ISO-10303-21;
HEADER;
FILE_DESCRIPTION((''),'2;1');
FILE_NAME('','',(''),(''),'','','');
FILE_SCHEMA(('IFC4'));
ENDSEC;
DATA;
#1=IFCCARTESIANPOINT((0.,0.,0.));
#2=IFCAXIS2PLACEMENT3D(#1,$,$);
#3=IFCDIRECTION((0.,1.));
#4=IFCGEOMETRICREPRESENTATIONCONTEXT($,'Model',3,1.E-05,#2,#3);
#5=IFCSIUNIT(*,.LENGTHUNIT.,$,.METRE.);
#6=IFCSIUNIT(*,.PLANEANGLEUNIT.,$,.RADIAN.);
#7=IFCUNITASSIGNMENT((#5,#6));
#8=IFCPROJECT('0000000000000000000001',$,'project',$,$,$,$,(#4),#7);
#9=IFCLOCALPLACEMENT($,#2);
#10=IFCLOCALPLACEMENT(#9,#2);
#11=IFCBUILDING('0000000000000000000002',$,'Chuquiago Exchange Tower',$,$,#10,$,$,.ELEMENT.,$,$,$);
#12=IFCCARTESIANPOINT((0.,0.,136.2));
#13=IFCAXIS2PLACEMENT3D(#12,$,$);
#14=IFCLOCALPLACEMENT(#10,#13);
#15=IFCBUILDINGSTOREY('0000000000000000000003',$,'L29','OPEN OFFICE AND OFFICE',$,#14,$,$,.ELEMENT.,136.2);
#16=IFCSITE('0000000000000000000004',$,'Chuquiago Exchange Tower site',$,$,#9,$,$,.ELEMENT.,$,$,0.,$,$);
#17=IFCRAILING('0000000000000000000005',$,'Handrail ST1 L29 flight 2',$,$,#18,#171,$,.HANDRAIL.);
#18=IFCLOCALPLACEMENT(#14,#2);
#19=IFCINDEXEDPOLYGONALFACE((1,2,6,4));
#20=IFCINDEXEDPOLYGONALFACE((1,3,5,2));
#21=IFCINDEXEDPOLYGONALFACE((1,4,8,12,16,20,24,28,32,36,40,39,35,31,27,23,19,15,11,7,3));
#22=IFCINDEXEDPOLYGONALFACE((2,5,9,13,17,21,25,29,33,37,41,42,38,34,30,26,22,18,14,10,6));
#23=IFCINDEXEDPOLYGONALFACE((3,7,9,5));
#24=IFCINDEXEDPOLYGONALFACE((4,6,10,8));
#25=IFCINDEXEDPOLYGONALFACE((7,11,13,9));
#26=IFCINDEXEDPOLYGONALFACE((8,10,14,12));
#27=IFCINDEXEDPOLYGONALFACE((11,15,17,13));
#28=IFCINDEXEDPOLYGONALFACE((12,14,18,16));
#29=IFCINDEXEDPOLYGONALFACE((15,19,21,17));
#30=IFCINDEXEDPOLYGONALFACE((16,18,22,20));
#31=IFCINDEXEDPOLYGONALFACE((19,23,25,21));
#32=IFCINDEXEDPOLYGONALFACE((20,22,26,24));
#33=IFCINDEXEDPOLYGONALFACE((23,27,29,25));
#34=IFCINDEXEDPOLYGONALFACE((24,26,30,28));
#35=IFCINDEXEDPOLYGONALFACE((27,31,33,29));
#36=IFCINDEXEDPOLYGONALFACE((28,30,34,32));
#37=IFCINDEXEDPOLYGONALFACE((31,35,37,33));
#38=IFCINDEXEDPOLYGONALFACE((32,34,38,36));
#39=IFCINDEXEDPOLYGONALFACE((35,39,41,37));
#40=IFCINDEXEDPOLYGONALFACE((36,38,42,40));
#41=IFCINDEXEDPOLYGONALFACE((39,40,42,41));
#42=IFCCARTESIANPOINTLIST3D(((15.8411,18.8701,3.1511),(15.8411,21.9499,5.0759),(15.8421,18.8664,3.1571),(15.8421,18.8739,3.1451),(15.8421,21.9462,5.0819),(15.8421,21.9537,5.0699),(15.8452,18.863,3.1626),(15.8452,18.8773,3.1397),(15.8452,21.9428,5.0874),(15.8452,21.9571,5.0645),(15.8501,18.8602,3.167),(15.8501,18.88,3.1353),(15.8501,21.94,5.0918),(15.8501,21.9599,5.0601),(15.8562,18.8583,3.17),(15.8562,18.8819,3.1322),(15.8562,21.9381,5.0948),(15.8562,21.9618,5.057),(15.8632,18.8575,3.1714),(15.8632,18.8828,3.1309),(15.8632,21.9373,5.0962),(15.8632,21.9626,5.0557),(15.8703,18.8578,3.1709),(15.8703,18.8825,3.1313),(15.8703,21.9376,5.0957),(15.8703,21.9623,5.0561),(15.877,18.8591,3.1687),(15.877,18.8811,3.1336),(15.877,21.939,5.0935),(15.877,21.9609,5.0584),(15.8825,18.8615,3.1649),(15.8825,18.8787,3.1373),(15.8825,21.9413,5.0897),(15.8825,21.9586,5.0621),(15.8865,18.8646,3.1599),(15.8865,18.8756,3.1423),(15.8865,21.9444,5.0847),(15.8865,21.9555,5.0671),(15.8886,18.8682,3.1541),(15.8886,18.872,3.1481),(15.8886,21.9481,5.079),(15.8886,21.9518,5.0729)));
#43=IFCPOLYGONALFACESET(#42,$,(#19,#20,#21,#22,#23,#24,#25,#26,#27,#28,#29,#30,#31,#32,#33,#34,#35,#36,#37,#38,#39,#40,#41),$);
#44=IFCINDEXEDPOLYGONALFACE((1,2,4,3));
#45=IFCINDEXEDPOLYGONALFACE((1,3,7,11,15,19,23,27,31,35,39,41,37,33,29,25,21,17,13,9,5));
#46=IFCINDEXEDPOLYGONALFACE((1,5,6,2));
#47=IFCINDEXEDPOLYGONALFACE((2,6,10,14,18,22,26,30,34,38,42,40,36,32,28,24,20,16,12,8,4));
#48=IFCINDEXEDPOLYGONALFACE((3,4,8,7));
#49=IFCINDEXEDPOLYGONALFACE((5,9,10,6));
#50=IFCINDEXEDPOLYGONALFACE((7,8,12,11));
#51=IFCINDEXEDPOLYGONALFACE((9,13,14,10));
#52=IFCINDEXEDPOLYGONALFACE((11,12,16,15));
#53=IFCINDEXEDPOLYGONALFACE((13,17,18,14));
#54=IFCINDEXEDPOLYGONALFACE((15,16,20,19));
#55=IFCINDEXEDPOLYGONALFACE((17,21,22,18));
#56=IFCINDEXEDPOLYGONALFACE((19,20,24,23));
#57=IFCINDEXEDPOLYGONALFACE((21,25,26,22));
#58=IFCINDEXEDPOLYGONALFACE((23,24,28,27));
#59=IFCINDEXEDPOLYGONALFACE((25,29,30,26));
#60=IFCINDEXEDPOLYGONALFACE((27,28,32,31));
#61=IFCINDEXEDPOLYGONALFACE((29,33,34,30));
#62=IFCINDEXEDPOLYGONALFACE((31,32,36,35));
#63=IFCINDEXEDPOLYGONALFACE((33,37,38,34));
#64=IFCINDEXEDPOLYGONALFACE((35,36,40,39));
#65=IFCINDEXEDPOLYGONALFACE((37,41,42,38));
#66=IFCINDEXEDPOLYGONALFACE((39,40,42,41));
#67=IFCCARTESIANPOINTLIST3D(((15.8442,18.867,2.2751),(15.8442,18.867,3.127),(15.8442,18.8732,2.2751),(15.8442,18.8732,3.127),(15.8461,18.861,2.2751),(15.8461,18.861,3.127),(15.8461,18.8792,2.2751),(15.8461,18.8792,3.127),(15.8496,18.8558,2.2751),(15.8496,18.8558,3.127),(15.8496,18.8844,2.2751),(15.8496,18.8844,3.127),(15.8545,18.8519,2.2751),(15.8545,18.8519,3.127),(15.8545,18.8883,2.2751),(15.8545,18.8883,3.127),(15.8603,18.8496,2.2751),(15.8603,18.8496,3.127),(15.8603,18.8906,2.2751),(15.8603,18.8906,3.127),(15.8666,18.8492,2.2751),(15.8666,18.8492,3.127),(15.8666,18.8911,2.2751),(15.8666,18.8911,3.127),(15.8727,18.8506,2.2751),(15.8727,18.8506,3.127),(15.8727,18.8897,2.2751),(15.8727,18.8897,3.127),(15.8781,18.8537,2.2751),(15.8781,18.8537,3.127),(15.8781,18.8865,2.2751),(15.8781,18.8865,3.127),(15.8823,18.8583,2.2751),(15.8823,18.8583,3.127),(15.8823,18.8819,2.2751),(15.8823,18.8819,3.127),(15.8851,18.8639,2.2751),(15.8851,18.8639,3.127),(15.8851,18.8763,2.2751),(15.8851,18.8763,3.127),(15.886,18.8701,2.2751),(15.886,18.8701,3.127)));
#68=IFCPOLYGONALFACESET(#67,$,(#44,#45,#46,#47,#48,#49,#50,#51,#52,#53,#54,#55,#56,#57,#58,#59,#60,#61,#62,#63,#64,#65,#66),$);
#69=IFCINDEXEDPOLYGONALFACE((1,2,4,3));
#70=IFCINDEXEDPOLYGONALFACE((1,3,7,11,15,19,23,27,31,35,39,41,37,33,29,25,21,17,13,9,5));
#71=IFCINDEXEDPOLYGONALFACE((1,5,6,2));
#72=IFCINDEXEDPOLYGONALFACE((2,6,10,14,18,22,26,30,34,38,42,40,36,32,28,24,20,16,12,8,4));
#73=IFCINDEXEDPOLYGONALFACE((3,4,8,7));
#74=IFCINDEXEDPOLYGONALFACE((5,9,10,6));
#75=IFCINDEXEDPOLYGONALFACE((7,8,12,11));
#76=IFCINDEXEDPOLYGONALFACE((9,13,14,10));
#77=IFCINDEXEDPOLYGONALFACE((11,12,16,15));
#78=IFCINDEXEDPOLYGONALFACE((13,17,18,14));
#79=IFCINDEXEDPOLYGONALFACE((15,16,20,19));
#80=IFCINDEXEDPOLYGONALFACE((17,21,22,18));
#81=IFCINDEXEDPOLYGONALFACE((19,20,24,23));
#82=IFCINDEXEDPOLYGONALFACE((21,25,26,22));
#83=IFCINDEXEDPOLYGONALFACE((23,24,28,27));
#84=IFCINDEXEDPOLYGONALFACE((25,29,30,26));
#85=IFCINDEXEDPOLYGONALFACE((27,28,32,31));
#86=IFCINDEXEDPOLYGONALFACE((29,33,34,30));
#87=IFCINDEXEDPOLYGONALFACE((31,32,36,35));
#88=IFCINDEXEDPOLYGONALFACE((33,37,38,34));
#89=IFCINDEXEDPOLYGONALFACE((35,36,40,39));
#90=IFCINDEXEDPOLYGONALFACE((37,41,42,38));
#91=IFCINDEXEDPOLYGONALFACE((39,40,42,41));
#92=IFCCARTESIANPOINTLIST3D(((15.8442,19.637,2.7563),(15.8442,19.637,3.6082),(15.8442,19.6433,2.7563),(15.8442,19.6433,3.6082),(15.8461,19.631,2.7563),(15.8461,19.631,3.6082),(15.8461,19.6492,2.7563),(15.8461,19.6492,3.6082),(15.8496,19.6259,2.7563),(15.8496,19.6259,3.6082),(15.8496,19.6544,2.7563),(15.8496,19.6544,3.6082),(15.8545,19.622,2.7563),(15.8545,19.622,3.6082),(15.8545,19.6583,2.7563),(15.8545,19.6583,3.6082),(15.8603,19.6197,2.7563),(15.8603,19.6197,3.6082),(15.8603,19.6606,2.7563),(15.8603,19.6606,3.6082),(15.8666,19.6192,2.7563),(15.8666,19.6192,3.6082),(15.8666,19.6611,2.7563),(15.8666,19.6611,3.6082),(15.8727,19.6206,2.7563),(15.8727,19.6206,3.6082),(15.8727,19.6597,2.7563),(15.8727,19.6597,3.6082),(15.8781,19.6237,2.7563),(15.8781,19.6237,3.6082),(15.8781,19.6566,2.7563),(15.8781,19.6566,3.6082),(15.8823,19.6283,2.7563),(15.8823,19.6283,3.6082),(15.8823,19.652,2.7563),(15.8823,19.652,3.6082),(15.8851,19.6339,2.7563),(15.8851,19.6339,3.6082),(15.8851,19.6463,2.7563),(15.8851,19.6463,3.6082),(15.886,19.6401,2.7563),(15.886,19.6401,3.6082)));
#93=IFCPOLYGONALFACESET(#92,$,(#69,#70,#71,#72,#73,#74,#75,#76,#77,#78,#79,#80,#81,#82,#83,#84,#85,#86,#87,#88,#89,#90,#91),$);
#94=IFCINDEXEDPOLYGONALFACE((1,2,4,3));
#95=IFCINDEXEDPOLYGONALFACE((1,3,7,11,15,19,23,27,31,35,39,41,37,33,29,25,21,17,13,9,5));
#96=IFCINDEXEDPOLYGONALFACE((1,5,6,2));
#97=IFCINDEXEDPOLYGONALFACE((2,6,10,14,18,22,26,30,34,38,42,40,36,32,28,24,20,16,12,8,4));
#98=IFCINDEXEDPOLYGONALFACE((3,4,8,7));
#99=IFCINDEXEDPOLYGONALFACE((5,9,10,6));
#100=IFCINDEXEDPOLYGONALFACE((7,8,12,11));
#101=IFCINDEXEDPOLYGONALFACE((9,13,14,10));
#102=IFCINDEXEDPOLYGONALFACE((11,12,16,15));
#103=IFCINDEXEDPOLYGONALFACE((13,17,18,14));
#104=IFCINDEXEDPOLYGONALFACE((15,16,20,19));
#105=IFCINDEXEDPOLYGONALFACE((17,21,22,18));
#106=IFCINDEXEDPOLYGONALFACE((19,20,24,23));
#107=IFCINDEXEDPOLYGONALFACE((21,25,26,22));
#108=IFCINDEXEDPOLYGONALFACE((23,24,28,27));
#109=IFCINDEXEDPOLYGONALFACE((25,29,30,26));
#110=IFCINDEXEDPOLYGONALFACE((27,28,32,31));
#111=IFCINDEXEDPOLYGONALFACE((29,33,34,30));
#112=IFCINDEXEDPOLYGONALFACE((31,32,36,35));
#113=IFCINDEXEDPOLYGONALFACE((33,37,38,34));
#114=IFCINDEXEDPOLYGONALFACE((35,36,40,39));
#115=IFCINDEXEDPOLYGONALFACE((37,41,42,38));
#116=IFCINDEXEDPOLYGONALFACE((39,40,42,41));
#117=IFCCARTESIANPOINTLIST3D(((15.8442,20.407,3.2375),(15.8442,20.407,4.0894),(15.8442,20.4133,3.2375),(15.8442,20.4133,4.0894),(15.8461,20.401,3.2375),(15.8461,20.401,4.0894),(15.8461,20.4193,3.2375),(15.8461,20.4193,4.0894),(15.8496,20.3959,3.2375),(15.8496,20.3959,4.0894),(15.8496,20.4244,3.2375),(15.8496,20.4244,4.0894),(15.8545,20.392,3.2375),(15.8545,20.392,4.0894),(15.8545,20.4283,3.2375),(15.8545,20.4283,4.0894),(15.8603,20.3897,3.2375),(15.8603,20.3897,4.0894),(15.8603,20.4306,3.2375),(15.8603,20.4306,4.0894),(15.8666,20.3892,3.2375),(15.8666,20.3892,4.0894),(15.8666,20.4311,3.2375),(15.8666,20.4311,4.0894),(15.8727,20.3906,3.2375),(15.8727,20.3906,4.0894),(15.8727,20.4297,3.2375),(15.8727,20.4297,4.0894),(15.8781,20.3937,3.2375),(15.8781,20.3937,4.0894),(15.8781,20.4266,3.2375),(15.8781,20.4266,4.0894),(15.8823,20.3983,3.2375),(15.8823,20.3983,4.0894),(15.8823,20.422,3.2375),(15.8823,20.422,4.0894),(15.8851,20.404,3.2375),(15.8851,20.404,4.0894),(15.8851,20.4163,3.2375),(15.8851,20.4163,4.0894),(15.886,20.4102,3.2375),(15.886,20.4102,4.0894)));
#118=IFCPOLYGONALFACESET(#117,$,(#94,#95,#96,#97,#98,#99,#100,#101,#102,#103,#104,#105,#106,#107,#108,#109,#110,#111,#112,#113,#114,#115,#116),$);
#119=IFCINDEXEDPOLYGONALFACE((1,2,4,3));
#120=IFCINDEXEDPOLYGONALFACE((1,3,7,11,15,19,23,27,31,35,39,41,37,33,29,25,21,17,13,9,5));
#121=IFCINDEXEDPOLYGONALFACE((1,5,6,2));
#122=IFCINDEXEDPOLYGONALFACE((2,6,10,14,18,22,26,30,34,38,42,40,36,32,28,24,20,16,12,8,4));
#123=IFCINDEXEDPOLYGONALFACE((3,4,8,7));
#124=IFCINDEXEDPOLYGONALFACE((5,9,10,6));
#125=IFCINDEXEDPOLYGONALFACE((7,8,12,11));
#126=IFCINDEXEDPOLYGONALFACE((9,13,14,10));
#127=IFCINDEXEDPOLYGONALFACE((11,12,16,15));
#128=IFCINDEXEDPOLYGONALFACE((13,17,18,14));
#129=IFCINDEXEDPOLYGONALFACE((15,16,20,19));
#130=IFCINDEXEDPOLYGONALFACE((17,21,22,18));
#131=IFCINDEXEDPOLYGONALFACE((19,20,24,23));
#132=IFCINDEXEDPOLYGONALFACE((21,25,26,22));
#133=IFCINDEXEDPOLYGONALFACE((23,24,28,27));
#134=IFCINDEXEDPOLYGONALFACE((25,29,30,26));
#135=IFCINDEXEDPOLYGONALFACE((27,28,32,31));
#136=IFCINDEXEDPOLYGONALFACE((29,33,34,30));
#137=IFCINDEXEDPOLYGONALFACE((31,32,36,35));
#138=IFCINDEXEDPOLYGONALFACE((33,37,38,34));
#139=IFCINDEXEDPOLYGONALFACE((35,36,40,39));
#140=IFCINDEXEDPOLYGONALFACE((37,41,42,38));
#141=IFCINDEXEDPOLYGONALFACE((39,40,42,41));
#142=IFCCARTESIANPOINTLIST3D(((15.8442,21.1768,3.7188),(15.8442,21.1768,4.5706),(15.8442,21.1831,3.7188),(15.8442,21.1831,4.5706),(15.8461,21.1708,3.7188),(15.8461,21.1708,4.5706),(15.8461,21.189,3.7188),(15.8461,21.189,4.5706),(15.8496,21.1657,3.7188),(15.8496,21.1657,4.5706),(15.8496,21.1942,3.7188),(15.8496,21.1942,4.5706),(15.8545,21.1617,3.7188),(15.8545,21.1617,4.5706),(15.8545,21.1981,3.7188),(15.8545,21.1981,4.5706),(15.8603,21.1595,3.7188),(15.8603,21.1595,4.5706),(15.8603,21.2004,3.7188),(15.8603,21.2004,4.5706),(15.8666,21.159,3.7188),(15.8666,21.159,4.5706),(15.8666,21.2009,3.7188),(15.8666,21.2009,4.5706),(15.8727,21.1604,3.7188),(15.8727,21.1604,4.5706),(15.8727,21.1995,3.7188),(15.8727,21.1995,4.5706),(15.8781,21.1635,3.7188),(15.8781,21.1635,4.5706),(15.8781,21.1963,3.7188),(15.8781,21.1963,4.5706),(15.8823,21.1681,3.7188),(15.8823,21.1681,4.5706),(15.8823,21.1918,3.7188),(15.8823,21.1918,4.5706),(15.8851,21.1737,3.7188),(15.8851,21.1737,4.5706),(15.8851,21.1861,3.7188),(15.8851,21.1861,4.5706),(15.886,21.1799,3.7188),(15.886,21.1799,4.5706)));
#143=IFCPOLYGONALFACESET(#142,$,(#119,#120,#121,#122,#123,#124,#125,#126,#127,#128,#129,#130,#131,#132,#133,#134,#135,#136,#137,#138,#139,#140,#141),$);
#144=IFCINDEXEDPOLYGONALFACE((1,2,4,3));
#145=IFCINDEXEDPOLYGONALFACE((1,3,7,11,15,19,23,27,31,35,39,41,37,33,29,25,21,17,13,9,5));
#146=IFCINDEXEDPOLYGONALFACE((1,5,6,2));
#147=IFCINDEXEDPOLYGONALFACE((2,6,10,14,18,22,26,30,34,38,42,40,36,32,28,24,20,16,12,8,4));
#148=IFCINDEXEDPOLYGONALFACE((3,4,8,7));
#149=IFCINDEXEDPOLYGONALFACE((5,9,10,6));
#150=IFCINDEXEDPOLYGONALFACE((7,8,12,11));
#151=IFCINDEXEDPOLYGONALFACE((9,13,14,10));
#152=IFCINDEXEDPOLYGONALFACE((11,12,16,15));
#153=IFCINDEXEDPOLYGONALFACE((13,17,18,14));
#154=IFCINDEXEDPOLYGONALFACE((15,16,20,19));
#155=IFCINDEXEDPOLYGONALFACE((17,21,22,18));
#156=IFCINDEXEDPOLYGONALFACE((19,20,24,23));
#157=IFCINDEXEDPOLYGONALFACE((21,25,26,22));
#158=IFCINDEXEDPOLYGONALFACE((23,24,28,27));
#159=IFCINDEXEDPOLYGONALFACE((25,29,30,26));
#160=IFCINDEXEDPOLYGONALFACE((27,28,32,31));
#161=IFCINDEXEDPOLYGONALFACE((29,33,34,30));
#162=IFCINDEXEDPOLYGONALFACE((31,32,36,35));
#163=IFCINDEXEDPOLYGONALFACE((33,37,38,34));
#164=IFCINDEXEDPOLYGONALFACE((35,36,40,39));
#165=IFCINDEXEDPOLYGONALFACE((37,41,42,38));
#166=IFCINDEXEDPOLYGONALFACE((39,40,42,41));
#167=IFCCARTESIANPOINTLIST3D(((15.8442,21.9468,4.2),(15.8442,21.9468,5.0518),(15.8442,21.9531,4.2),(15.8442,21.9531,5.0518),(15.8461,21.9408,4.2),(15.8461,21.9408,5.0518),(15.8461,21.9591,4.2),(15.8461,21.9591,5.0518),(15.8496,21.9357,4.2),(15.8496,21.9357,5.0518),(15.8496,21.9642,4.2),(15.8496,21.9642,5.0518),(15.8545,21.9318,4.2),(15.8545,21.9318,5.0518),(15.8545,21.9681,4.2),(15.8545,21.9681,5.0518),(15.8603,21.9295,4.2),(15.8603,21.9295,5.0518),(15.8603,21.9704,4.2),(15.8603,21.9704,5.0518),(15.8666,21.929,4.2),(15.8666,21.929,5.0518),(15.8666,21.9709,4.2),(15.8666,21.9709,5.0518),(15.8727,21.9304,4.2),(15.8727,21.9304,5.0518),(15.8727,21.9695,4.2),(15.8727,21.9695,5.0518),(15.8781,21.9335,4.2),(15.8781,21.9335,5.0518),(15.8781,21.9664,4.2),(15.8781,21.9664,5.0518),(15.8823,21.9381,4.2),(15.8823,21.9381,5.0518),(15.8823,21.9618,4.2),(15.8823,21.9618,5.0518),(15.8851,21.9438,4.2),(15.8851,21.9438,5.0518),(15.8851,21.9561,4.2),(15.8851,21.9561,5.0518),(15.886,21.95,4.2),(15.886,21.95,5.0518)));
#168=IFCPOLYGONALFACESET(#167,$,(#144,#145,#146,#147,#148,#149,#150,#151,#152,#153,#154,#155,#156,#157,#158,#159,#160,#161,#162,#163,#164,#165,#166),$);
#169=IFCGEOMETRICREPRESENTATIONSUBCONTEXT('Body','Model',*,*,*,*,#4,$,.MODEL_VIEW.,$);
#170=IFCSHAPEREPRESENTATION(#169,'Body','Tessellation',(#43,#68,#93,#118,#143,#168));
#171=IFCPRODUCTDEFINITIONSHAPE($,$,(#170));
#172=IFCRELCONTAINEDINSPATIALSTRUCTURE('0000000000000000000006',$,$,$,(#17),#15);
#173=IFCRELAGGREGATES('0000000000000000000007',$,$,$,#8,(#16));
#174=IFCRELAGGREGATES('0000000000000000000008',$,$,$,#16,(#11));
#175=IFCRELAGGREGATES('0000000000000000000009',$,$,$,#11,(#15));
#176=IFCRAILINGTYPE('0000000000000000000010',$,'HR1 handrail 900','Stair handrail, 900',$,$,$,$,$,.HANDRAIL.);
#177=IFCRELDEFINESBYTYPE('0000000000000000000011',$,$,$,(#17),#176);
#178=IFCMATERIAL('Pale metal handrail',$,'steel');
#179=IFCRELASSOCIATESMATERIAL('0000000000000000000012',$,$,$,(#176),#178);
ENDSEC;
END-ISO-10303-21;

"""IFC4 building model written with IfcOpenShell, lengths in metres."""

from ifc_helpers import new_model, si_unit, direction, frame, origin, origin_2d, place, context, subcontext, project, spatial, circle, extrude, material, type_object, element, save


model = new_model("IFC4")

# Units and contexts
model_context = context("Model", 3, precision=1e-05, world=origin(), true_north=direction((0.0, 1.0)))
body_context = subcontext(model_context, "Body", "Model", "MODEL_VIEW")
ifc_project = project(units=[si_unit("LENGTHUNIT", "METRE"), si_unit("PLANEANGLEUNIT", "RADIAN")], contexts=[model_context])

# Site, building, storey
site_placement = place(None, origin())
site = spatial("IfcSite", under=ifc_project, at=site_placement, Name="Chuquiago Exchange Tower site", CompositionType="ELEMENT", RefElevation=0.0)
building_placement = place(site_placement, origin())
building = spatial("IfcBuilding", under=site, at=building_placement, Name="Chuquiago Exchange Tower", CompositionType="ELEMENT")
storey_placement = place(building_placement, frame((0.0, 0.0, 136.2)))
storey = spatial("IfcBuildingStorey", under=building, at=storey_placement, Name="L29", Description="OPEN OFFICE AND OFFICE", CompositionType="ELEMENT", Elevation=136.2)

# Railing
ifc_material_1 = material(Name="Pale metal handrail", Category="steel")
railing_type_1 = type_object("IfcRailingType", Name="HR1 handrail 900", Description="Stair handrail, 900", PredefinedType="HANDRAIL", material=ifc_material_1)
for number, where, name in (
    (1, (15.865, 18.8701, 2.2751), "Handrail ST1 L29 flight 2"),
):
    element("IfcRailing", number, at=place(storey_placement, frame(where)), inside=storey, type_object=railing_type_1, Name=name, PredefinedType="HANDRAIL", context=body_context, shape_type="SweptSolid", body=[
        extrude(circle(Radius=0.0239, at=origin_2d()), frame((0.0, 0.0, 0.876), z_axis=(0.0, 0.84801, 0.529981), x_axis=(-1.0, 0.0, 0.0)), (0.0, 0.0, 1.0), 3.6318),
        extrude(circle(Radius=0.021, at=origin_2d()), origin(), (0.0, 0.0, 1.0), 0.8518),
        extrude(circle(Radius=0.021, at=origin_2d()), frame((0.0, 0.77, 0.4812)), (0.0, 0.0, 1.0), 0.8518),
        extrude(circle(Radius=0.021, at=origin_2d()), frame((0.0, 1.54, 0.9624)), (0.0, 0.0, 1.0), 0.8518),
        extrude(circle(Radius=0.021, at=origin_2d()), frame((0.0, 2.3098, 1.4436)), (0.0, 0.0, 1.0), 0.8518),
        extrude(circle(Radius=0.021, at=origin_2d()), frame((0.0, 3.0798, 1.9248)), (0.0, 0.0, 1.0), 0.8518),
    ])

save(model, "model.ifc")
